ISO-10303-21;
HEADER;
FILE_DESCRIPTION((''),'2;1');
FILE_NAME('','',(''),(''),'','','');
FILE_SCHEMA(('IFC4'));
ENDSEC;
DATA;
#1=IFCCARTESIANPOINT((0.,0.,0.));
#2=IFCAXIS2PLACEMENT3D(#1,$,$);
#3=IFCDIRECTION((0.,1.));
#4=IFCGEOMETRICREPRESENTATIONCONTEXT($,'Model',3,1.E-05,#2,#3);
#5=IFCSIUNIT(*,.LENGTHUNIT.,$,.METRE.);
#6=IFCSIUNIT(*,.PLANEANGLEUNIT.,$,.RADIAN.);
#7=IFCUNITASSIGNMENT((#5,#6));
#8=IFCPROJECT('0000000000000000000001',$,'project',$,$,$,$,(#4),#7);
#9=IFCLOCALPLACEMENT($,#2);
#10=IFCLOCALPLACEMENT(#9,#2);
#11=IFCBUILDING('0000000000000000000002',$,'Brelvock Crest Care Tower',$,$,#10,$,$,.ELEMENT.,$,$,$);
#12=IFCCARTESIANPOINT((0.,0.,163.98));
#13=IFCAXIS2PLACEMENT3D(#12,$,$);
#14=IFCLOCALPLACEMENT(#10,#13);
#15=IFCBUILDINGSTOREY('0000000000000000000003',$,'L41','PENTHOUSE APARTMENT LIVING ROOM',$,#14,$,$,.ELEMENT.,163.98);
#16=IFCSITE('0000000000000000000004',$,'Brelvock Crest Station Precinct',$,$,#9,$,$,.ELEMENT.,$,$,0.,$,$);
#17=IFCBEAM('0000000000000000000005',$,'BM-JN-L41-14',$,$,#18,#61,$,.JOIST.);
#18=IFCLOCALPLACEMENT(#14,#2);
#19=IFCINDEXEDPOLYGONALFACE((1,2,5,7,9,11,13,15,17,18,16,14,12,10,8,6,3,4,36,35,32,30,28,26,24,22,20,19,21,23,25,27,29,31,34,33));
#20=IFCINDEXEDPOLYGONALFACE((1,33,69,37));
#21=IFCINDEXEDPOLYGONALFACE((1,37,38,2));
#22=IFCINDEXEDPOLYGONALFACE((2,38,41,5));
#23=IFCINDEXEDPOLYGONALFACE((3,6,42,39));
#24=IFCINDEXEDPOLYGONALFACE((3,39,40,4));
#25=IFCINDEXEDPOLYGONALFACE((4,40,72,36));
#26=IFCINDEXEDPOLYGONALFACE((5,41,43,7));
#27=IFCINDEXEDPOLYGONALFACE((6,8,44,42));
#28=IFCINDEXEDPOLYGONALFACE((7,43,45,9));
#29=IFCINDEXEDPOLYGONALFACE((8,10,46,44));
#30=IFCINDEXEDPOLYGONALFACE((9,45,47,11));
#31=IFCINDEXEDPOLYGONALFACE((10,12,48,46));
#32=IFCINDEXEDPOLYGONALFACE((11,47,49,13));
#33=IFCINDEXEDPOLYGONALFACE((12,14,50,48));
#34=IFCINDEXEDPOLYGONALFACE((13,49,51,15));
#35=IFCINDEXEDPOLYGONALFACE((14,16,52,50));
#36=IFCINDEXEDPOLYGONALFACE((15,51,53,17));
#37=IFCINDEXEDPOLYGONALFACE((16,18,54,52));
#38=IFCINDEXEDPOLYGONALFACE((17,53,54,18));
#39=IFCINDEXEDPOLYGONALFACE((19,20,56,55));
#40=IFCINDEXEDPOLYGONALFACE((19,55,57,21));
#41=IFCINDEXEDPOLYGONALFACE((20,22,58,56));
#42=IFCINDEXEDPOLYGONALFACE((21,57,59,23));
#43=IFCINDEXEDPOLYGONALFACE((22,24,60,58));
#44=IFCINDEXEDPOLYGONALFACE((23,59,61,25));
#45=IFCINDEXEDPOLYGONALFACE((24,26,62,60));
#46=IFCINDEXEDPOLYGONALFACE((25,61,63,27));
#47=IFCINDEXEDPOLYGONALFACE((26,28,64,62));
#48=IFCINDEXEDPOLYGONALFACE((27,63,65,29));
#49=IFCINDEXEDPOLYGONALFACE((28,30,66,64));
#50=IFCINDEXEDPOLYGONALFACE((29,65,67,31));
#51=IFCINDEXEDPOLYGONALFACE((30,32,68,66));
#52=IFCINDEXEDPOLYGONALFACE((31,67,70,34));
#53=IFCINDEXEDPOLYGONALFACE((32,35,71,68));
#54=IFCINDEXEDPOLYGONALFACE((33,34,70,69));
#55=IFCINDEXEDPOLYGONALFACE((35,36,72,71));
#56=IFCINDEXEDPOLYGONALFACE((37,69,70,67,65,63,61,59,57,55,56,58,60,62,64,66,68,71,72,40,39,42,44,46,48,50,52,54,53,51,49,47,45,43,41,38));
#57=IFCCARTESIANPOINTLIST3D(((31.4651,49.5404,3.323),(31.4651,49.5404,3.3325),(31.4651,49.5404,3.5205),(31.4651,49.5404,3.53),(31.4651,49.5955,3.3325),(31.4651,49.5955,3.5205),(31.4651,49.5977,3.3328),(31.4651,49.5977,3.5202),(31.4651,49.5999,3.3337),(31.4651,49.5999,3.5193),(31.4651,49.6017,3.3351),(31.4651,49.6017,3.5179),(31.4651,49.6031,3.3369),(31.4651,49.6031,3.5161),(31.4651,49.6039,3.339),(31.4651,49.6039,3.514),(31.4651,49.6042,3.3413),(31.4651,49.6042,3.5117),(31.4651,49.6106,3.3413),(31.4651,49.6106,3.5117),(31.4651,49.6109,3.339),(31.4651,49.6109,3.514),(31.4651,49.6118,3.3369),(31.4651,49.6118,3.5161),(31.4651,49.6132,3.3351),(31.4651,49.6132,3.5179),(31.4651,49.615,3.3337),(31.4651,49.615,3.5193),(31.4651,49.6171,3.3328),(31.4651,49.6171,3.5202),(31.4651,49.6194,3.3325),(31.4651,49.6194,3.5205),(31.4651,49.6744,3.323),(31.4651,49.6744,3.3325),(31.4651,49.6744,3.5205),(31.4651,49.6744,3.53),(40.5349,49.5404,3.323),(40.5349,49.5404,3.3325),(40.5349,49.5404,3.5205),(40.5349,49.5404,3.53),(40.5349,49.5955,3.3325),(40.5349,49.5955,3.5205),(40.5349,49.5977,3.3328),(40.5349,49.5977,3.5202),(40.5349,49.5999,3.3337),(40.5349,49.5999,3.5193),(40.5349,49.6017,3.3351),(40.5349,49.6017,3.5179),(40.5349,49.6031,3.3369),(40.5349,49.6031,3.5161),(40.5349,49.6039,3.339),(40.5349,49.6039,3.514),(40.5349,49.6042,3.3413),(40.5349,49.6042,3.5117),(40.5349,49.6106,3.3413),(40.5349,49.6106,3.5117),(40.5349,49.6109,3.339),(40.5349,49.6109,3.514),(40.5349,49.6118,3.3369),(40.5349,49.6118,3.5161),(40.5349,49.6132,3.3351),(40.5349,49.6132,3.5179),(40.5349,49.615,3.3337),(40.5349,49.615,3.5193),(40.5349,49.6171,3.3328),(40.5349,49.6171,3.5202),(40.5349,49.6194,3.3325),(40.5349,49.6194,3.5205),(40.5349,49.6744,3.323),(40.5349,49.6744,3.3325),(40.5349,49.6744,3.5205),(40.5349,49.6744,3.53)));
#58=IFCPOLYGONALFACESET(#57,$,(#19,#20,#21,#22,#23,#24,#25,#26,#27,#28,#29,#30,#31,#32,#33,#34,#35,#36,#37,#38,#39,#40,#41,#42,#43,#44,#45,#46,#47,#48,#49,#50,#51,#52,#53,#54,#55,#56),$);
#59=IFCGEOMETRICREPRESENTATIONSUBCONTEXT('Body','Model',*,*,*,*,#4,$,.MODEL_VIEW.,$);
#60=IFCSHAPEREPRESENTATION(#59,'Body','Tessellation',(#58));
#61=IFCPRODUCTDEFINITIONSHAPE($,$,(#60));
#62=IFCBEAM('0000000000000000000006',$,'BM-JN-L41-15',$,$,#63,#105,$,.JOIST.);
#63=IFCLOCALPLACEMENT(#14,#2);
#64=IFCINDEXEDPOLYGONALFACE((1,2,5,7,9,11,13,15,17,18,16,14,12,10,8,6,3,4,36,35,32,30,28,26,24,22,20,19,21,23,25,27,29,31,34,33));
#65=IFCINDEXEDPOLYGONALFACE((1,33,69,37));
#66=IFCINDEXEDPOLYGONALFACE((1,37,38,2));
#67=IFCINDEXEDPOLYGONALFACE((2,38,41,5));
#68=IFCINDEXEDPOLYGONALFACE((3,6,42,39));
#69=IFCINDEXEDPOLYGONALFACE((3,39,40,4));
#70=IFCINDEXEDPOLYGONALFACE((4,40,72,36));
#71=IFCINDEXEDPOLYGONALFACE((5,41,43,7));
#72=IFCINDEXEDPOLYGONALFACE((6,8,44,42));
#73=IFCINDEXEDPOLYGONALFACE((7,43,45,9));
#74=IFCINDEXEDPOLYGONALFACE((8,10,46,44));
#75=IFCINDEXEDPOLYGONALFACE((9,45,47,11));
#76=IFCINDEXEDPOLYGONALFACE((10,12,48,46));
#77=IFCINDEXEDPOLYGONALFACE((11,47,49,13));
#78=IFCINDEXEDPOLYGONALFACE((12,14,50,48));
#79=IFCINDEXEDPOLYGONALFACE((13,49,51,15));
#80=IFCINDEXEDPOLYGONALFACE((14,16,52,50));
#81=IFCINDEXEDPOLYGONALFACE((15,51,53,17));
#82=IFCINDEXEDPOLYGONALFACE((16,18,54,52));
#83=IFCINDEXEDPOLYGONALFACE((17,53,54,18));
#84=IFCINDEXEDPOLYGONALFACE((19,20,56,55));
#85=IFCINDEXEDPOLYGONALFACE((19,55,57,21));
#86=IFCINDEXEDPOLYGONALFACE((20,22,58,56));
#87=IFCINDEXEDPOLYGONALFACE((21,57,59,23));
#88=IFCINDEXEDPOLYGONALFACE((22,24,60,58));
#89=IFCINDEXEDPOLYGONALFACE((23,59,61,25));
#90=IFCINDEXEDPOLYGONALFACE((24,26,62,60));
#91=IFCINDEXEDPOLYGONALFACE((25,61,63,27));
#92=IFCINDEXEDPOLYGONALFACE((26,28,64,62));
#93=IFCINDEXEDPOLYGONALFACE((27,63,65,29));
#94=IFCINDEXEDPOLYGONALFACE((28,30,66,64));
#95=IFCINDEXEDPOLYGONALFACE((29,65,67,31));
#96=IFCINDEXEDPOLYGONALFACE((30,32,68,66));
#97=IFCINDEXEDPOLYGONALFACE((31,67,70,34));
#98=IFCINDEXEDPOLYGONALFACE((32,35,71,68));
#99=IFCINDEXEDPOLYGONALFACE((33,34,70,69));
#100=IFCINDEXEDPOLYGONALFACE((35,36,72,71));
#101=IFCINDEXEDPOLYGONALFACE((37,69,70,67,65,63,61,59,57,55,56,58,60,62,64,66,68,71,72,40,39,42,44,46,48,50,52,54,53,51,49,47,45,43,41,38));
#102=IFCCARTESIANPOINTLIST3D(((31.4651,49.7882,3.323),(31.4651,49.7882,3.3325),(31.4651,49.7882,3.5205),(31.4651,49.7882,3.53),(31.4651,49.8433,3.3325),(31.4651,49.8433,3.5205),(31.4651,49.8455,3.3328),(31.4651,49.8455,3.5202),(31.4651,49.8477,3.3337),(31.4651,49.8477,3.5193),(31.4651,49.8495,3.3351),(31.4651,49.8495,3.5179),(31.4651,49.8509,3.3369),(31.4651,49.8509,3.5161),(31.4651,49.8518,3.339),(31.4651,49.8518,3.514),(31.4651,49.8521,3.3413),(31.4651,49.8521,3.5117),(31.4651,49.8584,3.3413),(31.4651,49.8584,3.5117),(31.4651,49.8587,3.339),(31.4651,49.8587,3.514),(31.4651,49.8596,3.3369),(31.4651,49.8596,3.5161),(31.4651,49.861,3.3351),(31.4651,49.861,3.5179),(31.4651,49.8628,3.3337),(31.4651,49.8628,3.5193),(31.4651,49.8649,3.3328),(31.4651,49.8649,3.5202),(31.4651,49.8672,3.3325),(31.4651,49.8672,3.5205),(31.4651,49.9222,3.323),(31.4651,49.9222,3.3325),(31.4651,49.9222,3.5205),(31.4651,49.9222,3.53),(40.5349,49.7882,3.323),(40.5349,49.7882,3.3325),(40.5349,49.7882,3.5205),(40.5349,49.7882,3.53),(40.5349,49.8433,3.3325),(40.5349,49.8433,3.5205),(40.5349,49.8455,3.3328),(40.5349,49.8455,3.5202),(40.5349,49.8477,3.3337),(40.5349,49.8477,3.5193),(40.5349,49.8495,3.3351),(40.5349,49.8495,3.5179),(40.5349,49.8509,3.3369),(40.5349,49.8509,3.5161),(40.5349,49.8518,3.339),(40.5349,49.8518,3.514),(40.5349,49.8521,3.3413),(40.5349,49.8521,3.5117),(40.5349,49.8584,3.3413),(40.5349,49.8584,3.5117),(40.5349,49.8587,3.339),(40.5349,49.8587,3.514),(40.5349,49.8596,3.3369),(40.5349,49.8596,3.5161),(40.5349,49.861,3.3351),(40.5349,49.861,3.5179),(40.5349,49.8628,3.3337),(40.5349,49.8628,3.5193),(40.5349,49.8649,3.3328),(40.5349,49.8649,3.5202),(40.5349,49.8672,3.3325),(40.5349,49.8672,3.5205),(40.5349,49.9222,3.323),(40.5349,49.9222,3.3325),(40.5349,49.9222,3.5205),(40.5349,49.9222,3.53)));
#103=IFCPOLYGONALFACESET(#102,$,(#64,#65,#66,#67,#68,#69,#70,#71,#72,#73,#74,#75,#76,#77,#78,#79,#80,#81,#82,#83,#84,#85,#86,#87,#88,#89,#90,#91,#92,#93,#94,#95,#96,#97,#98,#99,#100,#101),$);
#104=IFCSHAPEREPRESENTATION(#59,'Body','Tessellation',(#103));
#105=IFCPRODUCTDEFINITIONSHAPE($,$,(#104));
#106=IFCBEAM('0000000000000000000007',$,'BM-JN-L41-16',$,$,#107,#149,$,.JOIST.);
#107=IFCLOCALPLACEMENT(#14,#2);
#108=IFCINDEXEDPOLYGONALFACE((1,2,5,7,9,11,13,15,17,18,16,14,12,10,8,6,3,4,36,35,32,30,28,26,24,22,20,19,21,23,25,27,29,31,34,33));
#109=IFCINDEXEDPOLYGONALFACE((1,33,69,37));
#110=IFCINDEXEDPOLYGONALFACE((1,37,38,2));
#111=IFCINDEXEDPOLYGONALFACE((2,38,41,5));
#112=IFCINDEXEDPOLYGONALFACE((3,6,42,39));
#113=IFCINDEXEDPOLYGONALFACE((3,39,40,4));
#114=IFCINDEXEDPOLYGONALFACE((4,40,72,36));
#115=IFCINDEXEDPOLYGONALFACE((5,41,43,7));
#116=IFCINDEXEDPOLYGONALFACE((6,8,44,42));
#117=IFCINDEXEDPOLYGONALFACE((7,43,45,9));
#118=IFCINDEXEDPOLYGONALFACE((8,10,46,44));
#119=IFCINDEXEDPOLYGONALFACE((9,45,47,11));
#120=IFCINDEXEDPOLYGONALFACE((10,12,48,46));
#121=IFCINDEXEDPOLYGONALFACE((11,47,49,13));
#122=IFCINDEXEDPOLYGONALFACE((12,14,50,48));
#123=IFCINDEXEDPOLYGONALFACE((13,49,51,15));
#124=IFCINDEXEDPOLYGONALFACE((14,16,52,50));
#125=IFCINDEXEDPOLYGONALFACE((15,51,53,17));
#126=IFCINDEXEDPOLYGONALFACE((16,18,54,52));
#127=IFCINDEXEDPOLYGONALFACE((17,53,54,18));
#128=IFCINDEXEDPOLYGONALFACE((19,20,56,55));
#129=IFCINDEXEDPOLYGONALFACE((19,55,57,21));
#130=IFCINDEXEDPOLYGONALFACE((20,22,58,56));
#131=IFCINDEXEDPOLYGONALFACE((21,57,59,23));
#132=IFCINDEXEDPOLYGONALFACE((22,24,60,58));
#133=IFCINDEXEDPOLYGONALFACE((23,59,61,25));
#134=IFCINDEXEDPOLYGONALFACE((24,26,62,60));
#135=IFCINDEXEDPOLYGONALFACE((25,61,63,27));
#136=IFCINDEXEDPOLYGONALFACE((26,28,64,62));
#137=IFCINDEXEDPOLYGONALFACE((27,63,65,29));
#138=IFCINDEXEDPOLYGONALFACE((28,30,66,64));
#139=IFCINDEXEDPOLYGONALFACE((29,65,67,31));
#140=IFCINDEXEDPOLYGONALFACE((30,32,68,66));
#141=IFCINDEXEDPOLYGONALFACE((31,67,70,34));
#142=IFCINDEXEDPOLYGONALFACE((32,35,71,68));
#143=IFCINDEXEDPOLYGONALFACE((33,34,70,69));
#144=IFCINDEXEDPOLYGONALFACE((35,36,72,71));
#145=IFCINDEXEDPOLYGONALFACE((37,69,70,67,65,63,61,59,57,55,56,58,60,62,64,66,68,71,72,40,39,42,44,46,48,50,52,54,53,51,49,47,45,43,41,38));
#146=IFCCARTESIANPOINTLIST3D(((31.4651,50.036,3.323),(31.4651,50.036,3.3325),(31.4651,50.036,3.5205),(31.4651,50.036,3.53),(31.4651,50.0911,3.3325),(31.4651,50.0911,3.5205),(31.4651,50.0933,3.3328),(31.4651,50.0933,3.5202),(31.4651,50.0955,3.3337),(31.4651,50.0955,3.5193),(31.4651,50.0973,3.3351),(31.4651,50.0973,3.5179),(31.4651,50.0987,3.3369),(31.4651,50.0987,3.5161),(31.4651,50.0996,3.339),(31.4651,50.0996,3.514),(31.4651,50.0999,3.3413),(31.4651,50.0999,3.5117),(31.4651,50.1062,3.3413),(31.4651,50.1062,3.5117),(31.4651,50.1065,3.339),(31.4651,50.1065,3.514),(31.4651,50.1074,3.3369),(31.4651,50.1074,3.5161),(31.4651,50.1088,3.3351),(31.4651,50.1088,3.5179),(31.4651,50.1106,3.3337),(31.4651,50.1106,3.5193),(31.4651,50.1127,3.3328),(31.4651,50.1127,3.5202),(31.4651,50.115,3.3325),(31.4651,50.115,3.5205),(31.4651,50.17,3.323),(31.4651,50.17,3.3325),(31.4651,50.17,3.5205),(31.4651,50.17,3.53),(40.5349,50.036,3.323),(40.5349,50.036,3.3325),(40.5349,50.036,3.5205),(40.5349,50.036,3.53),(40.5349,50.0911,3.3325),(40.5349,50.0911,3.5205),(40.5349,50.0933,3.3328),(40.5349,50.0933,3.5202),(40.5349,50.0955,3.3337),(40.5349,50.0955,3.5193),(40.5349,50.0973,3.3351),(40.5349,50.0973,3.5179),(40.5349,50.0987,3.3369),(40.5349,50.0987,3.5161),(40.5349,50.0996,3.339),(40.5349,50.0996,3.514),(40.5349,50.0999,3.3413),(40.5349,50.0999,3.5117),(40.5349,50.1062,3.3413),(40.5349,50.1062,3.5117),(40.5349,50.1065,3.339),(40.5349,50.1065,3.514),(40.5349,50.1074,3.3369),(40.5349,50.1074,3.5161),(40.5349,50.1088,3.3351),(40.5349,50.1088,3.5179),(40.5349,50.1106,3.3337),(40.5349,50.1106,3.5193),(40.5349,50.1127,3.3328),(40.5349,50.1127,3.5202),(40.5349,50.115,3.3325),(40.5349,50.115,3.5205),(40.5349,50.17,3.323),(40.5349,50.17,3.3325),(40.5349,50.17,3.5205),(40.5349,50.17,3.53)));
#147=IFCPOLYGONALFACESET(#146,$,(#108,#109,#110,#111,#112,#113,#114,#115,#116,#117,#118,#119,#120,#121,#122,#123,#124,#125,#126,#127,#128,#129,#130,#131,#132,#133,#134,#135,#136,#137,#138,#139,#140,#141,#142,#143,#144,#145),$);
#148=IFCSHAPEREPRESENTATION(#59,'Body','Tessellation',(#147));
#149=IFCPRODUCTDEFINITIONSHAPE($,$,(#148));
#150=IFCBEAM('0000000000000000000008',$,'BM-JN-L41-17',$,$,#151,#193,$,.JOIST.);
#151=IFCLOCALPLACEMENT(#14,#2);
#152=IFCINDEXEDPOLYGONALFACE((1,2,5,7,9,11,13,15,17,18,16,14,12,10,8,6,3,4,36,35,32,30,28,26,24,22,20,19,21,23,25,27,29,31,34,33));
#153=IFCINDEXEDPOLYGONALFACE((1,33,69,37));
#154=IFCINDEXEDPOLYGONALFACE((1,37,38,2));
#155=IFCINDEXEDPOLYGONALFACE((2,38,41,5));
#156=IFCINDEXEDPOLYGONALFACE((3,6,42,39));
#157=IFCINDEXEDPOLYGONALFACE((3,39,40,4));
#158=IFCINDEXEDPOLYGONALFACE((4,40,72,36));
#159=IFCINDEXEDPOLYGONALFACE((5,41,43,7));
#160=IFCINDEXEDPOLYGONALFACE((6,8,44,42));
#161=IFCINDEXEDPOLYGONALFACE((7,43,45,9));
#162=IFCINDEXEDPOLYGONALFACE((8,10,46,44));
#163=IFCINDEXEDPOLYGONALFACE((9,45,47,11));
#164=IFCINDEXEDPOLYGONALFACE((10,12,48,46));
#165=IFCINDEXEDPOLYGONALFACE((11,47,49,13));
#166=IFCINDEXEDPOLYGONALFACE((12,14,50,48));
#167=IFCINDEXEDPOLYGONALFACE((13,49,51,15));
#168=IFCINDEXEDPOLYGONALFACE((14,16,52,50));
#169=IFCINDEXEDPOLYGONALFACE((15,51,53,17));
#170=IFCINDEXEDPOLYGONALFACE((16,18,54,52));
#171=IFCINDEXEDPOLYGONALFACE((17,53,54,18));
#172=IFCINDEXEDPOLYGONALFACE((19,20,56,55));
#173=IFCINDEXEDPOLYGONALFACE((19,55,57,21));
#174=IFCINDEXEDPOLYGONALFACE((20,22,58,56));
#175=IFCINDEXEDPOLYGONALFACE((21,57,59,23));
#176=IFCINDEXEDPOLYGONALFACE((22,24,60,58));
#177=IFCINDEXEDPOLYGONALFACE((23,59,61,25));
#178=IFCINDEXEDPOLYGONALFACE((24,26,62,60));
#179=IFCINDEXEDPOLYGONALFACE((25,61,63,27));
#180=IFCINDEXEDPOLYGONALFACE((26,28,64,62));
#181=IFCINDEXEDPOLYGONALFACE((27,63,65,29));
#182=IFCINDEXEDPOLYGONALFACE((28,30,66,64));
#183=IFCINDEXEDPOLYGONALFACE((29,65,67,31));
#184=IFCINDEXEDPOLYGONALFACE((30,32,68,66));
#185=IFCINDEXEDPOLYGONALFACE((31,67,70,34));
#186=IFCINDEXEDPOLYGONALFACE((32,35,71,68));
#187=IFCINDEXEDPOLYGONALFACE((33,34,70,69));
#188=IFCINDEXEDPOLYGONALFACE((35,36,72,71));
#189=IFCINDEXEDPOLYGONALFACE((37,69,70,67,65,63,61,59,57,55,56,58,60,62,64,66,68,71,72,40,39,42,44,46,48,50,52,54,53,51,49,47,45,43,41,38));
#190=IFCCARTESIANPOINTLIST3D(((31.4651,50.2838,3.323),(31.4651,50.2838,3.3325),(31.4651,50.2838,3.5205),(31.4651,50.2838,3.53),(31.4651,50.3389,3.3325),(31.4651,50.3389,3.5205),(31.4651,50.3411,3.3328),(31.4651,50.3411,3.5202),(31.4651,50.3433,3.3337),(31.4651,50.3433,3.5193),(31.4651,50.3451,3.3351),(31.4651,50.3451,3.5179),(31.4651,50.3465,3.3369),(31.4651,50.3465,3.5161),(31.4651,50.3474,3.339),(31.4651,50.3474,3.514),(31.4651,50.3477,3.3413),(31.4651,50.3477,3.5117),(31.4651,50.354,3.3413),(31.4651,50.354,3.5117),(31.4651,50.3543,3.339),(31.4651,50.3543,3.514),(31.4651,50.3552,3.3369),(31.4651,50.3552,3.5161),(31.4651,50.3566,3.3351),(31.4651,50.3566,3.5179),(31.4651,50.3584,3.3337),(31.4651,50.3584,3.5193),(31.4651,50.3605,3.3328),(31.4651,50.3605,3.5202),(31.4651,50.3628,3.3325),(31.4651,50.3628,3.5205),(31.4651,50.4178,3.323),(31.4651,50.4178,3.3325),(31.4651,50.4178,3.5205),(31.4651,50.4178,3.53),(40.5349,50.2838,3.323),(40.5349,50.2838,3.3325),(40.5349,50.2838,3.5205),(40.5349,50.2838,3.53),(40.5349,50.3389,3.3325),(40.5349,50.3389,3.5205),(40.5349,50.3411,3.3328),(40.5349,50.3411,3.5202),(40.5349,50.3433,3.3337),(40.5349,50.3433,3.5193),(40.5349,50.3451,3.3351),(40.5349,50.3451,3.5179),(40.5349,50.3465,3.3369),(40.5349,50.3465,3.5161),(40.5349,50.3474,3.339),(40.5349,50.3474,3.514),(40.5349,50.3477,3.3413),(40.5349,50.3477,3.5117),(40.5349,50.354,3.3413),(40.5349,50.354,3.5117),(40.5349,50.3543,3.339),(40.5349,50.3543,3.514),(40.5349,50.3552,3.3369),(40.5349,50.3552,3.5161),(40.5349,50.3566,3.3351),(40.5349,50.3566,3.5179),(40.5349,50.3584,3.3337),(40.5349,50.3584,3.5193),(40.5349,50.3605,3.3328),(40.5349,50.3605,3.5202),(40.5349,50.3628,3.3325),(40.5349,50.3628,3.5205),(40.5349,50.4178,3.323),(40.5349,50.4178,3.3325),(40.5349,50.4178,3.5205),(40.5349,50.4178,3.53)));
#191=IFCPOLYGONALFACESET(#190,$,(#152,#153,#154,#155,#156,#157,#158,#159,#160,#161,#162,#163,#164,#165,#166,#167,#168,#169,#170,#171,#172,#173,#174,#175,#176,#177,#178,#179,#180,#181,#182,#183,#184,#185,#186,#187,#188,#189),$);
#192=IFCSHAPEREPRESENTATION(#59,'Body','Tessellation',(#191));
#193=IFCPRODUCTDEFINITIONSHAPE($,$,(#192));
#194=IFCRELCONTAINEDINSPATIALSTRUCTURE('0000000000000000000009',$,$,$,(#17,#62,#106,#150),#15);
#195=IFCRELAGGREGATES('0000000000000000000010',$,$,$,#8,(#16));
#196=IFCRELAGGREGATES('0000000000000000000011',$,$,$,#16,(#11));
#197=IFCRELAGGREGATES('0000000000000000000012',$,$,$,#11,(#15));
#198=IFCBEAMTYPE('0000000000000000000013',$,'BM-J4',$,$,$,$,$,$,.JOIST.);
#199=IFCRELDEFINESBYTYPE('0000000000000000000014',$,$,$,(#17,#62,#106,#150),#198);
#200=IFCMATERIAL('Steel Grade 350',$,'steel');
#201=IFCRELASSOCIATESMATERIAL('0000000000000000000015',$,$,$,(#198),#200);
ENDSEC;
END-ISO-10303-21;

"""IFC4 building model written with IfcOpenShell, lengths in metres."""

from ifc_helpers import new_model, si_unit, direction, frame, origin, origin_2d, place, context, subcontext, project, spatial, i_section, extrude, source, transform, mapped, material, material_profile, profile_set, type_object, element, save


model = new_model("IFC4")

# Units and contexts
model_context = context("Model", 3, precision=1e-05, world=origin(), true_north=direction((0.0, 1.0)))
body_context = subcontext(model_context, "Body", "Model", "MODEL_VIEW")
ifc_project = project(units=[si_unit("LENGTHUNIT", "METRE"), si_unit("PLANEANGLEUNIT", "RADIAN")], contexts=[model_context])

# Site, building, storey
site_placement = place(None, origin())
site = spatial("IfcSite", under=ifc_project, at=site_placement, Name="Brelvock Crest Station Precinct", CompositionType="ELEMENT", RefElevation=0.0)
building_placement = place(site_placement, origin())
building = spatial("IfcBuilding", under=site, at=building_placement, Name="Brelvock Crest Care Tower", CompositionType="ELEMENT")
storey_placement = place(building_placement, frame((0.0, 0.0, 163.98)))
storey = spatial("IfcBuildingStorey", under=building, at=storey_placement, Name="L41", Description="PENTHOUSE APARTMENT LIVING ROOM", CompositionType="ELEMENT", Elevation=163.98)

# Shared definitions
ifc_material_1 = material(Name="Steel Grade 350", Category="steel")

# Beams
ifc_material_profile_1 = material_profile(ifc_material_1, i_section(OverallWidth=0.134, OverallDepth=0.207, WebThickness=0.0063, FlangeThickness=0.0095, FilletRadius=0.0088, at=origin_2d()), Name="200UB29.8")
ifc_profile_set_1 = profile_set([ifc_material_profile_1], Name="Steel Grade 350")
beam_type_1 = type_object("IfcBeamType", Name="BM-J4", PredefinedType="JOIST", material=ifc_profile_set_1)
shared_shape_1 = source(origin(), body_context, "Body", "SweptSolid", [
    extrude(i_section(OverallWidth=0.134, OverallDepth=0.207, WebThickness=0.0063, FlangeThickness=0.0095, FilletRadius=0.0088, at=origin_2d()), origin(), (0.0, 0.0, 1.0), 9.0698),
])
for number, where, z_axis, x_axis, name in (
    (1, (31.4651, 49.6074, 3.4265), (1.0, 0.0, 0.0), (0.0, 1.0, 0.0), "BM-JN-L41-14"),
    (2, (31.4651, 49.8552, 3.4265), (1.0, 0.0, 0.0), (0.0, 1.0, 0.0), "BM-JN-L41-15"),
    (3, (31.4651, 50.103, 3.4265), (1.0, 0.0, 0.0), (0.0, 1.0, 0.0), "BM-JN-L41-16"),
    (4, (31.4651, 50.3508, 3.4265), (1.0, 0.0, 0.0), (0.0, 1.0, 0.0), "BM-JN-L41-17"),
):
    element("IfcBeam", number, at=place(storey_placement, frame(where, z_axis=z_axis, x_axis=x_axis)), inside=storey, type_object=beam_type_1, Name=name, PredefinedType="JOIST", context=body_context, shape_type="MappedRepresentation", body=[
        mapped(shared_shape_1, transform((0.0, 0.0, 0.0), x_axis=(1.0, 0.0, 0.0), y_axis=(0.0, 1.0, 0.0), z_axis=(0.0, 0.0, 1.0), scale=1.0)),
    ])

save(model, "model.ifc")
